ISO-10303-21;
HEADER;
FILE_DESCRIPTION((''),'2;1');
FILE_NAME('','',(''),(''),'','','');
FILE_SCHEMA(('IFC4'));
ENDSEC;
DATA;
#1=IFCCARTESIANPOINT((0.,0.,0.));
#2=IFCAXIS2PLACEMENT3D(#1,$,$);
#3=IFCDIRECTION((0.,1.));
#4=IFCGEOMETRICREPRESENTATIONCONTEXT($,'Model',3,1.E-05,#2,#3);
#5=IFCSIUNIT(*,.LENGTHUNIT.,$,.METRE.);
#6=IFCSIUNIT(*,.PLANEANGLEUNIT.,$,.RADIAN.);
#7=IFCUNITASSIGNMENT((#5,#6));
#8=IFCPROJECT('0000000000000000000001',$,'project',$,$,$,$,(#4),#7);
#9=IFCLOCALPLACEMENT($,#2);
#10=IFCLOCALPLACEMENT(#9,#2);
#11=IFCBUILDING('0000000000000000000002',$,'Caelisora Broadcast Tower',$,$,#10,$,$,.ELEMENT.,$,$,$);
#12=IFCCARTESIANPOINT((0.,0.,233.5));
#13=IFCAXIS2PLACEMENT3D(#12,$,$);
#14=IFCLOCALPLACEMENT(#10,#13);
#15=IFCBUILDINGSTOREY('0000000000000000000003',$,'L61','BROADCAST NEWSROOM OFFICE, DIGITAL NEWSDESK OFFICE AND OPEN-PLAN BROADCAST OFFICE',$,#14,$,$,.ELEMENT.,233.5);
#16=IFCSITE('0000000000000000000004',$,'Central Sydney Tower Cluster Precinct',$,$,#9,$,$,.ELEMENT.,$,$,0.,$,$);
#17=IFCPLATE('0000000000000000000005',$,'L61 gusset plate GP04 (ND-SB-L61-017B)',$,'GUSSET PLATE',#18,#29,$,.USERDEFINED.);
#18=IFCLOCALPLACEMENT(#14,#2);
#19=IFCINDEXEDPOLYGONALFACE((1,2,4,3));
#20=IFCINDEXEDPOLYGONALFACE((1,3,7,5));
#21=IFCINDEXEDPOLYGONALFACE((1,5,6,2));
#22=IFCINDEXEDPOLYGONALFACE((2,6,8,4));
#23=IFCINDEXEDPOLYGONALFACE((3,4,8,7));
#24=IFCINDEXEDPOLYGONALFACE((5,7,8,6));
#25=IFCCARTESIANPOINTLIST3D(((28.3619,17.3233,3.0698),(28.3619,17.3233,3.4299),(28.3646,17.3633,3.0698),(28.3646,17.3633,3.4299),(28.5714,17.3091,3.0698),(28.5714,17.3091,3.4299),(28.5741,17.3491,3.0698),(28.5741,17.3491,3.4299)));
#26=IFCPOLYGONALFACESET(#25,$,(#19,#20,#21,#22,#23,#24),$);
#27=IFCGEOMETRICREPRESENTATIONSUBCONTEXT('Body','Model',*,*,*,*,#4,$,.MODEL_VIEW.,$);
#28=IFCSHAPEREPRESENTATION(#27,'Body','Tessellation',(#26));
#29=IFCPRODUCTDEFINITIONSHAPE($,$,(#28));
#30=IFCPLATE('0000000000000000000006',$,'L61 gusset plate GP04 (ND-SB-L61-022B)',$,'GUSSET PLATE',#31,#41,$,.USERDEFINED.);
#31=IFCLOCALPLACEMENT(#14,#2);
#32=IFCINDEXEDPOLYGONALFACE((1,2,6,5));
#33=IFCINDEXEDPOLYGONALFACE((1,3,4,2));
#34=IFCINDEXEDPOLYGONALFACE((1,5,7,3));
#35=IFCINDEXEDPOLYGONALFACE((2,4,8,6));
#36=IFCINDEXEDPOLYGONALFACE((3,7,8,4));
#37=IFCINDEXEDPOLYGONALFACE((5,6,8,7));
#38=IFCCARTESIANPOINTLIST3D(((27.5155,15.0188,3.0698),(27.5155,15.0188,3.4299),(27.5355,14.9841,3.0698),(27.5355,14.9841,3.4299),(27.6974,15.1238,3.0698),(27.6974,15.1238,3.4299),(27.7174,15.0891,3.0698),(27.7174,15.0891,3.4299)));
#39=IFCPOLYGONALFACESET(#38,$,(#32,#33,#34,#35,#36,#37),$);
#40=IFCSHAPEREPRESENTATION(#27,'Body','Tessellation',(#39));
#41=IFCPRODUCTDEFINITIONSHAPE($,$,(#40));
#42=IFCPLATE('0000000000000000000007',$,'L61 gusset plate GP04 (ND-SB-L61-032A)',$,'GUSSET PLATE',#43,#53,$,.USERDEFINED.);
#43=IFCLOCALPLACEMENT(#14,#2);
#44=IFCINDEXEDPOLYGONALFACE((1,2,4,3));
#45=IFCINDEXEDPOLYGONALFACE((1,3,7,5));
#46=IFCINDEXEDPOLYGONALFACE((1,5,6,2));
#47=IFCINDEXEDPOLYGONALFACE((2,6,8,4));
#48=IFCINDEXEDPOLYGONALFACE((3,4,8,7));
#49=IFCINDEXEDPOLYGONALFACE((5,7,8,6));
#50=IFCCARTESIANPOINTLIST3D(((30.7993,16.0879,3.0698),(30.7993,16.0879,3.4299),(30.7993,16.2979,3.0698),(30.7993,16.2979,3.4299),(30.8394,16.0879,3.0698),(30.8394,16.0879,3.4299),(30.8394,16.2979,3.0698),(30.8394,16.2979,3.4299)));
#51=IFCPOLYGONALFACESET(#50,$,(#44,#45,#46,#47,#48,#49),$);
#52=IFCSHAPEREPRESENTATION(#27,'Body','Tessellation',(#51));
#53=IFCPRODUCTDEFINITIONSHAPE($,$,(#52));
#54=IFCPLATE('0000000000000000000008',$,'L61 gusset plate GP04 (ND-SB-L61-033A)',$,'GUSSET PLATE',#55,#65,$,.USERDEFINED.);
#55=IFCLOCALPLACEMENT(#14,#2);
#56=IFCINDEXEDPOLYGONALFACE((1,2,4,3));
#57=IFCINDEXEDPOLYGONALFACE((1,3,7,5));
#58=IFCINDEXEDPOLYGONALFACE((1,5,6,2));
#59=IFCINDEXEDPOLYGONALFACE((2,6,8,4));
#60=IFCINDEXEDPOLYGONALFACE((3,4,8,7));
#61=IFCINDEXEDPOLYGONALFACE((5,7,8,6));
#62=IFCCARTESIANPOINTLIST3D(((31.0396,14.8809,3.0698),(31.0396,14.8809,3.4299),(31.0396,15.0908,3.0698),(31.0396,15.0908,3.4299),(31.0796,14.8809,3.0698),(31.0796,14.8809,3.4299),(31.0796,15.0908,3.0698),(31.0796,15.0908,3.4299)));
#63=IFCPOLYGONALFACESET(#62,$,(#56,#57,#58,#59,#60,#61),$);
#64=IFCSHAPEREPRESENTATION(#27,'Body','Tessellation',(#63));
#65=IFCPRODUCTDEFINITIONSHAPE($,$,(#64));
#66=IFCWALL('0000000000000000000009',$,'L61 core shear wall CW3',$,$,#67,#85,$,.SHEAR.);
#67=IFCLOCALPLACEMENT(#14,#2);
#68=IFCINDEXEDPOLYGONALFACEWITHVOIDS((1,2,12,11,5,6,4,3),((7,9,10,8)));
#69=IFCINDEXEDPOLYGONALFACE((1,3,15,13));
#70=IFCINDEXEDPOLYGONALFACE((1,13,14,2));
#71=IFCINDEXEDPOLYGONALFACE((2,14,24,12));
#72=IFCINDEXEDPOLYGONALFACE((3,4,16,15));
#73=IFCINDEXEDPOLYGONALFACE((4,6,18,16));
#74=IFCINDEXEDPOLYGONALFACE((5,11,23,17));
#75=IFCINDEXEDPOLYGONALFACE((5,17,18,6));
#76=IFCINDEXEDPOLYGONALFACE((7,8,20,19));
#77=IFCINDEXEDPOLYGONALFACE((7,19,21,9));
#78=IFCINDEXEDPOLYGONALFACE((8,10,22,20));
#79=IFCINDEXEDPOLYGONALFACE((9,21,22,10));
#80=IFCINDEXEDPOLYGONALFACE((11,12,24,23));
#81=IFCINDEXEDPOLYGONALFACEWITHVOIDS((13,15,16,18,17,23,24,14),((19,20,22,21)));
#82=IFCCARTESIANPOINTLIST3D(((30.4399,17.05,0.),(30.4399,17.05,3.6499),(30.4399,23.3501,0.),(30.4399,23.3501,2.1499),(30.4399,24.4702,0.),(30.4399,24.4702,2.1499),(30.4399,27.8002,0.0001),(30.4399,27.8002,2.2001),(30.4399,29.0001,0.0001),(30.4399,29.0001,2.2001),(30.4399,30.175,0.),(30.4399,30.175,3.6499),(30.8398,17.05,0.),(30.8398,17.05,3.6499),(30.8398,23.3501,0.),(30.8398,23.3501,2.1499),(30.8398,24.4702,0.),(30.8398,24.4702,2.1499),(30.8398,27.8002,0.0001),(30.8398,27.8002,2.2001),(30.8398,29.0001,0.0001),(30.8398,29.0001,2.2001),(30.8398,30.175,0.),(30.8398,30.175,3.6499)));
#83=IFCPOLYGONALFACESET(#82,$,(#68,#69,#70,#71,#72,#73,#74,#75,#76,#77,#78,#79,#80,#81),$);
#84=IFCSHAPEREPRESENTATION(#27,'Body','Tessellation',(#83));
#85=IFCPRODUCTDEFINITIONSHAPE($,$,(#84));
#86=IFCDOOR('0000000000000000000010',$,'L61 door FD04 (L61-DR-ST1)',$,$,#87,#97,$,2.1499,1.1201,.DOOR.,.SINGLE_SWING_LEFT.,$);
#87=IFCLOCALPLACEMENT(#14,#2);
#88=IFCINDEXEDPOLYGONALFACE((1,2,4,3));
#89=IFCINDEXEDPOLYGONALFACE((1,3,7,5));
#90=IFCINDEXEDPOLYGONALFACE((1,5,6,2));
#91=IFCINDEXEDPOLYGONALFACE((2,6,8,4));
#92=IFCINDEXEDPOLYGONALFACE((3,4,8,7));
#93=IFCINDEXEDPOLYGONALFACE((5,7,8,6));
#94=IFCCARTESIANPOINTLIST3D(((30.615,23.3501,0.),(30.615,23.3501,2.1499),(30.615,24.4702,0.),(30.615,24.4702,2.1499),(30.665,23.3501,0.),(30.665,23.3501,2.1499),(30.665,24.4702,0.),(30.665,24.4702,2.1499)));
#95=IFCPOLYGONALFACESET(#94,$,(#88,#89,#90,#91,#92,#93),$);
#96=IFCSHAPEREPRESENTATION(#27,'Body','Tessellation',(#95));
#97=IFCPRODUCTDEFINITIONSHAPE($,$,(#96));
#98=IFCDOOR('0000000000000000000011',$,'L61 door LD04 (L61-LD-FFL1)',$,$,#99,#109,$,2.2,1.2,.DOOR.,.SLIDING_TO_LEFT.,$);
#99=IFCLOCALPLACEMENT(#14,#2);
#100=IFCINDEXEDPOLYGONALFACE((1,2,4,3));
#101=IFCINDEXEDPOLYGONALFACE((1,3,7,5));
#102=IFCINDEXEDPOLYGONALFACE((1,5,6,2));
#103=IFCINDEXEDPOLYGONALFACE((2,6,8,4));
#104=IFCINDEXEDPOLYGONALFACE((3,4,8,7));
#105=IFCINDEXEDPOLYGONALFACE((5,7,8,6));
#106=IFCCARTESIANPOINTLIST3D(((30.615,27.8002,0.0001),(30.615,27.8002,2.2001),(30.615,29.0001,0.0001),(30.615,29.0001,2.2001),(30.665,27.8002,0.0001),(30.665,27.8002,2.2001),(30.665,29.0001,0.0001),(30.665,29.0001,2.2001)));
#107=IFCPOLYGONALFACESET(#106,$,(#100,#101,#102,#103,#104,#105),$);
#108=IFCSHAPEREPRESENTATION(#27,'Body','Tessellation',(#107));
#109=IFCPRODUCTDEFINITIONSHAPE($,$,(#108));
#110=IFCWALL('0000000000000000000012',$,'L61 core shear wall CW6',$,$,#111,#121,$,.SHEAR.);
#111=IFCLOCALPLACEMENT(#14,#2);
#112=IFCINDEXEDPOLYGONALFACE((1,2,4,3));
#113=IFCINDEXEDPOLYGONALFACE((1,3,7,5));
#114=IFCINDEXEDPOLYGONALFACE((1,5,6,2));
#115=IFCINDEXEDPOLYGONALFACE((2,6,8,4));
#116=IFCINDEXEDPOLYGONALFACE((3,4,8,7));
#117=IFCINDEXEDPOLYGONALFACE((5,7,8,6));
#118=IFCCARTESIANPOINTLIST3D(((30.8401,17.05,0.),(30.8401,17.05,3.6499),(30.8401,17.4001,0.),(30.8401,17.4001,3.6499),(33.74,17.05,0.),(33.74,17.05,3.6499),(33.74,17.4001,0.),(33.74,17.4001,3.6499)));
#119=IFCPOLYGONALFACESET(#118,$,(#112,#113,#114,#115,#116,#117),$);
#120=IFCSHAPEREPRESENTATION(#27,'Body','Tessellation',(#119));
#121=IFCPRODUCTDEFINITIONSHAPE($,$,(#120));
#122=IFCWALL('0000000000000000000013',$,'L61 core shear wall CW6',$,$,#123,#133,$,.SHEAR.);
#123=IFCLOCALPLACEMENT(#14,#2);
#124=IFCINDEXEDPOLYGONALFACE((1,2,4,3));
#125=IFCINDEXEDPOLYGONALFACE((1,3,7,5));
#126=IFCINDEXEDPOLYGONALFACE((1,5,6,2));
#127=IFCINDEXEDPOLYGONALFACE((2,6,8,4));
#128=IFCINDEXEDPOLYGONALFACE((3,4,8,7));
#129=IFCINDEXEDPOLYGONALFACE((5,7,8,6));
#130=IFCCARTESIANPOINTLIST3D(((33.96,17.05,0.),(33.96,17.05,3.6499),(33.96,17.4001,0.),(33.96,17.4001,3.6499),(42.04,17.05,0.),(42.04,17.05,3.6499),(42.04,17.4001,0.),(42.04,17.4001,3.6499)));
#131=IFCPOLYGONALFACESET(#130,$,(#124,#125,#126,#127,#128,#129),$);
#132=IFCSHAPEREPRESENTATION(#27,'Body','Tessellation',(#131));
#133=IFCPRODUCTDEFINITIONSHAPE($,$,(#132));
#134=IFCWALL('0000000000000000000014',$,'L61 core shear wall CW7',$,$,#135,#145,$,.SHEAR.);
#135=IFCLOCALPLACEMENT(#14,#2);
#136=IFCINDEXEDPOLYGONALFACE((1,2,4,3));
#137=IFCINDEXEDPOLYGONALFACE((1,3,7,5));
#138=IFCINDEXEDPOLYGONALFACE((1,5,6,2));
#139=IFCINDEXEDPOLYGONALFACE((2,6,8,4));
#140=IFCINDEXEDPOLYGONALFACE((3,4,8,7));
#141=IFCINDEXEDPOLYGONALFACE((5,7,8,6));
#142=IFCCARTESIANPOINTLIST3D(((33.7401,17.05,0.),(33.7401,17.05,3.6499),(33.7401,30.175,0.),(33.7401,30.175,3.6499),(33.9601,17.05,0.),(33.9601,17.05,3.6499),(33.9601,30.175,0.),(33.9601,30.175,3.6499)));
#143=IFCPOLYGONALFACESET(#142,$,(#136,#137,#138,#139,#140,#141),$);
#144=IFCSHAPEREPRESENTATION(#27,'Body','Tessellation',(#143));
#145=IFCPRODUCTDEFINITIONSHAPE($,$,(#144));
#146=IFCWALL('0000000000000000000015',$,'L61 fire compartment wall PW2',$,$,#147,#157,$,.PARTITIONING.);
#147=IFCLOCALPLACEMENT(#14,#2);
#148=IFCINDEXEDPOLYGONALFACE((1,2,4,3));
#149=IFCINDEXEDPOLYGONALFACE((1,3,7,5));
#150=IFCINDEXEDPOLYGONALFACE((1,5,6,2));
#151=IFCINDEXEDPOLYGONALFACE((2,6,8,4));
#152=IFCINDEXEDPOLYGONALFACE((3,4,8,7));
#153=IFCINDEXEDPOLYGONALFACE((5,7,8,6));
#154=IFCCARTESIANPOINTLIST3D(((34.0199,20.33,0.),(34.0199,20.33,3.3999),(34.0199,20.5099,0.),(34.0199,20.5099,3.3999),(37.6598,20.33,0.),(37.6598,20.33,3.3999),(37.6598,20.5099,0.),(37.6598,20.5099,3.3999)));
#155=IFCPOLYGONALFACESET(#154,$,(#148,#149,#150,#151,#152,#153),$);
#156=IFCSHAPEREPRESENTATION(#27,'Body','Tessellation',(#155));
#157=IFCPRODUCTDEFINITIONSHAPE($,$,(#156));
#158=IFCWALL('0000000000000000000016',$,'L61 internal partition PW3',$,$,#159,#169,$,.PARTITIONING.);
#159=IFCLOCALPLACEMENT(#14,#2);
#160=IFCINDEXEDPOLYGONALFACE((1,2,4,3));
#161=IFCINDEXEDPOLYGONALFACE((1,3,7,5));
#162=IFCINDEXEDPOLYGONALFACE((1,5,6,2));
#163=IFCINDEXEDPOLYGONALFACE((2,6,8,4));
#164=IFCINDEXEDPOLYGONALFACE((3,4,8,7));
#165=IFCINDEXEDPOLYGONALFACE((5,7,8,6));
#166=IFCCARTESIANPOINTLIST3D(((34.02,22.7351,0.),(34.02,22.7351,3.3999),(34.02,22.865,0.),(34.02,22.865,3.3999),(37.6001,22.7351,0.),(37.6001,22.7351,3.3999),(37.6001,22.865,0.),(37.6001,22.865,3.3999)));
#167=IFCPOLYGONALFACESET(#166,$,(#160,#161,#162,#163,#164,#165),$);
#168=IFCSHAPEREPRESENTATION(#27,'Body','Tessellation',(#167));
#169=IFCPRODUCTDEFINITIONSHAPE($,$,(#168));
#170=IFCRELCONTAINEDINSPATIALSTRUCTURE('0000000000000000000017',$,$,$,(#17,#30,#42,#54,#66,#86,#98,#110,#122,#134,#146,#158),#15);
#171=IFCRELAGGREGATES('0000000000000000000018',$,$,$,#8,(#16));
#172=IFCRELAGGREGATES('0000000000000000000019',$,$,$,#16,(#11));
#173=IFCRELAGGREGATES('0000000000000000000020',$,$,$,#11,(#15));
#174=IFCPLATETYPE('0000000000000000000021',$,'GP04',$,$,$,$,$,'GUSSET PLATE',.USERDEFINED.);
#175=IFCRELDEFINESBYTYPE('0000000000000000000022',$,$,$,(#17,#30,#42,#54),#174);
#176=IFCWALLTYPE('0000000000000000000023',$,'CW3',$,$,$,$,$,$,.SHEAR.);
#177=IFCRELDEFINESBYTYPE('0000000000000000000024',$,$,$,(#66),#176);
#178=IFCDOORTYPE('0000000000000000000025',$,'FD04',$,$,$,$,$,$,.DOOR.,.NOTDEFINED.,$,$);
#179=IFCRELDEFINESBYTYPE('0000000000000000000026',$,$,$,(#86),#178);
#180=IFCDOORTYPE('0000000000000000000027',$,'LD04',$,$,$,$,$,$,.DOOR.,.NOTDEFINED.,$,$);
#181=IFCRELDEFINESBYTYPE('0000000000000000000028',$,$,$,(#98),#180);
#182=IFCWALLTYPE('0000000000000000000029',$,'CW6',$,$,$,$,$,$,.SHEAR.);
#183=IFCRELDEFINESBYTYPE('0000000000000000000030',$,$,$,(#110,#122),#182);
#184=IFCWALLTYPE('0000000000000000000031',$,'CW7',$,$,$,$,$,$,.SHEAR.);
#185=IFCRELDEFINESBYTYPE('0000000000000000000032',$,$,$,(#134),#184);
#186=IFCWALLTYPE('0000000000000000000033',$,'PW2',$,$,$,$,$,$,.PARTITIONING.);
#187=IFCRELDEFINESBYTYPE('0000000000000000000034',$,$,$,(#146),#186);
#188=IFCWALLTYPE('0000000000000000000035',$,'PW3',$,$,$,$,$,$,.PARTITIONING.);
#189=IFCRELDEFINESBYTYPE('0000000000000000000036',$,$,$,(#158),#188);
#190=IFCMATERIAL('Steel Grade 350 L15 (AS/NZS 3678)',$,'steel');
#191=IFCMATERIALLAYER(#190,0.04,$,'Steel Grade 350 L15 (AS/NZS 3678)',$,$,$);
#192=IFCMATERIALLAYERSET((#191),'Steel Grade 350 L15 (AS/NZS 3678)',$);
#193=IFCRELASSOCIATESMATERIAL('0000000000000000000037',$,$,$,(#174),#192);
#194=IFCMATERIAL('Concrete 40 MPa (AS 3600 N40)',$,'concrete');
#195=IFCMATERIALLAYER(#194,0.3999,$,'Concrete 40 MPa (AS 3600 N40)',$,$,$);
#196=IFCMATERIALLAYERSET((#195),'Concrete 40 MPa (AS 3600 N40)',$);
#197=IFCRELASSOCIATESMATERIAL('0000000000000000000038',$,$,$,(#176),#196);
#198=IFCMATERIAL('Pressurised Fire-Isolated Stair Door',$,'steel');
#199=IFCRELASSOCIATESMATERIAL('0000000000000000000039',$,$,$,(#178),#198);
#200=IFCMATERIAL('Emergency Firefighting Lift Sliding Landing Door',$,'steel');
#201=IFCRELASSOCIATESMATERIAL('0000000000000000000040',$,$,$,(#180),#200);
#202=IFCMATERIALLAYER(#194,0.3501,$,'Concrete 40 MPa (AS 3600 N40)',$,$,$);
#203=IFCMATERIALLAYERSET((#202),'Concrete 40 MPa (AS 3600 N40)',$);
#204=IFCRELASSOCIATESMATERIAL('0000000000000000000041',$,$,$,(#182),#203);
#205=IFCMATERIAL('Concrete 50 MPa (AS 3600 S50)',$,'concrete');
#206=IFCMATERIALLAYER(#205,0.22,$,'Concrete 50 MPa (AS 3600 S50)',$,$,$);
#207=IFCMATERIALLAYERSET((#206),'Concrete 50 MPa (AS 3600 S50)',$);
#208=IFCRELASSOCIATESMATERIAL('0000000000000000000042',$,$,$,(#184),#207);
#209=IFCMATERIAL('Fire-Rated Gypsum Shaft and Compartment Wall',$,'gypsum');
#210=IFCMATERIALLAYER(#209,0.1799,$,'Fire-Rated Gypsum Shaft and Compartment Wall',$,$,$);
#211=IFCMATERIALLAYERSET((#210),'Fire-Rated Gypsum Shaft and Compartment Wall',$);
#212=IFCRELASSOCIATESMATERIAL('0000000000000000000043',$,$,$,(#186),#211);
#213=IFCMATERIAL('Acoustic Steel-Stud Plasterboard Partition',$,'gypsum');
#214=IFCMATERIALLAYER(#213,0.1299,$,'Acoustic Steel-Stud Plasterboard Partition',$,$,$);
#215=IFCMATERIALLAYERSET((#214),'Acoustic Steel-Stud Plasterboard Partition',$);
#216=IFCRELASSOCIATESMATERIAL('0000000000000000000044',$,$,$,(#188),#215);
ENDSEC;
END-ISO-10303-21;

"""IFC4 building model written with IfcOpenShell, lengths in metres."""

from ifc_helpers import new_model, si_unit, direction, frame, frame_2d, origin, origin_2d, place, context, subcontext, project, spatial, rectangle, extrude, source, transform, mapped, material, layer, layer_set, type_object, element, fill, save


model = new_model("IFC4")

# Units and contexts
model_context = context("Model", 3, precision=1e-05, world=origin(), true_north=direction((0.0, 1.0)))
body_context = subcontext(model_context, "Body", "Model", "MODEL_VIEW")
ifc_project = project(units=[si_unit("LENGTHUNIT", "METRE"), si_unit("PLANEANGLEUNIT", "RADIAN")], contexts=[model_context])

# Site, building, storey
site_placement = place(None, origin())
site = spatial("IfcSite", under=ifc_project, at=site_placement, Name="Central Sydney Tower Cluster Precinct", CompositionType="ELEMENT", RefElevation=0.0)
building_placement = place(site_placement, origin())
building = spatial("IfcBuilding", under=site, at=building_placement, Name="Caelisora Broadcast Tower", CompositionType="ELEMENT")
storey_placement = place(building_placement, frame((0.0, 0.0, 233.5)))
storey = spatial("IfcBuildingStorey", under=building, at=storey_placement, Name="L61", Description="BROADCAST NEWSROOM OFFICE, DIGITAL NEWSDESK OFFICE AND OPEN-PLAN BROADCAST OFFICE", CompositionType="ELEMENT", Elevation=233.5)

# Plates
ifc_material_1 = material(Name="Steel Grade 350 L15 (AS/NZS 3678)", Category="steel")
ifc_layer_1 = layer(ifc_material_1, 0.04, Name="Steel Grade 350 L15 (AS/NZS 3678)")
ifc_layer_set_1 = layer_set([ifc_layer_1], Name="Steel Grade 350 L15 (AS/NZS 3678)")
plate_type = type_object("IfcPlateType", Name="GP04", ElementType="GUSSET PLATE", PredefinedType="USERDEFINED", material=ifc_layer_set_1)
shared_shape_1 = source(origin(), body_context, "Body", "SweptSolid", [
    extrude(rectangle(XDim=0.21, YDim=0.04, at=origin_2d()), origin(), (0.0, 0.0, 1.0), 0.3601),
])
for number, where, z_axis, x_axis, name in (
    (1, (28.468, 17.3362, 3.0698), (0.0, 0.0, 1.0), (0.997708, -0.067667, 0.0), "L61 gusset plate GP04 (ND-SB-L61-017B)"),
    (2, (27.6165, 15.054, 3.0698), (0.0, 0.0, 1.0), (0.866025, 0.5, 0.0), "L61 gusset plate GP04 (ND-SB-L61-022B)"),
    (3, (30.8193, 16.1929, 3.0698), (0.0, 0.0, 1.0), (0.0, 1.0, 0.0), "L61 gusset plate GP04 (ND-SB-L61-032A)"),
    (4, (31.0596, 14.9858, 3.0698), (0.0, 0.0, 1.0), (0.0, 1.0, 0.0), "L61 gusset plate GP04 (ND-SB-L61-033A)"),
):
    element("IfcPlate", number, at=place(storey_placement, frame(where, z_axis=z_axis, x_axis=x_axis)), inside=storey, type_object=plate_type, Name=name, ObjectType="GUSSET PLATE", PredefinedType="USERDEFINED", context=body_context, shape_type="MappedRepresentation", body=[
        mapped(shared_shape_1, transform((0.0, 0.0, 0.0), scale=1.0)),
    ])

# Wall, openings, doors
ifc_material_2 = material(Name="Concrete 40 MPa (AS 3600 N40)", Category="concrete")
ifc_layer_2 = layer(ifc_material_2, 0.3999, Name="Concrete 40 MPa (AS 3600 N40)")
ifc_layer_set_2 = layer_set([ifc_layer_2], Name="Concrete 40 MPa (AS 3600 N40)")
wall_type_1 = type_object("IfcWallType", Name="CW3", PredefinedType="SHEAR", material=ifc_layer_set_2)
wall_1_placement = place(storey_placement, frame((30.6399, 17.05, 0.0), z_axis=(0.0, 0.0, 1.0), x_axis=(0.0, 1.0, 0.0)))
wall_1 = element("IfcWall", 5, at=wall_1_placement, inside=storey, type_object=wall_type_1, Name="L61 core shear wall CW3", PredefinedType="SHEAR", context=body_context, shape_type="SweptSolid", body=[
    extrude(rectangle(XDim=13.125, YDim=0.3999, at=frame_2d((6.5625, 0.0))), origin(), (0.0, 0.0, 1.0), 3.6499),
])
opening_1_placement = place(wall_1_placement, frame((6.3, 0.0, 0.0)))
opening_1 = element("IfcOpeningElement", 6, at=opening_1_placement, cuts=wall_1, PredefinedType="OPENING", context=body_context, shape_type="SweptSolid", body=[
    extrude(rectangle(XDim=1.1201, YDim=2.1499, at=frame_2d((0.5601, 1.075))), frame((0.0, 0.2119, 0.0), z_axis=(0.0, -1.0, 0.0), x_axis=(1.0, 0.0, 0.0)), (0.0, 0.0, 1.0), 0.4238),
])
opening_2_placement = place(wall_1_placement, frame((10.75, 0.0, 0.0)))
opening_2 = element("IfcOpeningElement", 7, at=opening_2_placement, cuts=wall_1, PredefinedType="OPENING", context=body_context, shape_type="SweptSolid", body=[
    extrude(rectangle(XDim=1.2, YDim=2.2, at=frame_2d((0.6001, 1.1001))), frame((0.0, 0.2119, 0.0), z_axis=(0.0, -1.0, 0.0), x_axis=(1.0, 0.0, 0.0)), (0.0, 0.0, 1.0), 0.4238),
])
ifc_material_3 = material(Name="Pressurised Fire-Isolated Stair Door", Category="steel")
door_type_1 = type_object("IfcDoorType", Name="FD04", OperationType="NOTDEFINED", PredefinedType="DOOR", material=ifc_material_3)
door_1_placement = place(opening_1_placement, origin())
door_1 = element("IfcDoor", 8, at=door_1_placement, inside=storey, type_object=door_type_1, Name="L61 door FD04 (L61-DR-ST1)", OperationType="SINGLE_SWING_LEFT", OverallHeight=2.1499, OverallWidth=1.1201, PredefinedType="DOOR", context=body_context, shape_type="SweptSolid", body=[
    extrude(rectangle(XDim=1.1201, YDim=2.1499, at=frame_2d((0.5601, 1.075))), frame((0.0, 0.0249, 0.0), z_axis=(0.0, -1.0, 0.0), x_axis=(1.0, 0.0, 0.0)), (0.0, 0.0, 1.0), 0.05),
])
fill(opening_1, door_1)
ifc_material_4 = material(Name="Emergency Firefighting Lift Sliding Landing Door", Category="steel")
door_type_2 = type_object("IfcDoorType", Name="LD04", OperationType="NOTDEFINED", PredefinedType="DOOR", material=ifc_material_4)
door_2_placement = place(opening_2_placement, origin())
door_2 = element("IfcDoor", 9, at=door_2_placement, inside=storey, type_object=door_type_2, Name="L61 door LD04 (L61-LD-FFL1)", OperationType="SLIDING_TO_LEFT", OverallHeight=2.2, OverallWidth=1.2, PredefinedType="DOOR", context=body_context, shape_type="SweptSolid", body=[
    extrude(rectangle(XDim=1.2, YDim=2.2, at=frame_2d((0.6001, 1.1001))), frame((0.0, 0.0249, 0.0), z_axis=(0.0, -1.0, 0.0), x_axis=(1.0, 0.0, 0.0)), (0.0, 0.0, 1.0), 0.05),
])
fill(opening_2, door_2)

# Walls
ifc_layer_3 = layer(ifc_material_2, 0.3501, Name="Concrete 40 MPa (AS 3600 N40)")
ifc_layer_set_3 = layer_set([ifc_layer_3], Name="Concrete 40 MPa (AS 3600 N40)")
wall_type_2 = type_object("IfcWallType", Name="CW6", PredefinedType="SHEAR", material=ifc_layer_set_3)
wall_2_placement = place(storey_placement, frame((30.8401, 17.2251, 0.0), z_axis=(0.0, 0.0, 1.0), x_axis=(1.0, 0.0, 0.0)))
element("IfcWall", 10, at=wall_2_placement, inside=storey, type_object=wall_type_2, Name="L61 core shear wall CW6", PredefinedType="SHEAR", context=body_context, shape_type="SweptSolid", body=[
    extrude(rectangle(XDim=2.8999, YDim=0.3501, at=frame_2d((1.45, 0.0))), origin(), (0.0, 0.0, 1.0), 3.6499),
])
wall_3_placement = place(storey_placement, frame((33.96, 17.2251, 0.0), z_axis=(0.0, 0.0, 1.0), x_axis=(1.0, 0.0, 0.0)))
element("IfcWall", 11, at=wall_3_placement, inside=storey, type_object=wall_type_2, Name="L61 core shear wall CW6", PredefinedType="SHEAR", context=body_context, shape_type="SweptSolid", body=[
    extrude(rectangle(XDim=8.0801, YDim=0.3501, at=frame_2d((4.04, 0.0))), origin(), (0.0, 0.0, 1.0), 3.6499),
])
ifc_material_5 = material(Name="Concrete 50 MPa (AS 3600 S50)", Category="concrete")
ifc_layer_4 = layer(ifc_material_5, 0.22, Name="Concrete 50 MPa (AS 3600 S50)")
ifc_layer_set_4 = layer_set([ifc_layer_4], Name="Concrete 50 MPa (AS 3600 S50)")
wall_type_3 = type_object("IfcWallType", Name="CW7", PredefinedType="SHEAR", material=ifc_layer_set_4)
wall_4_placement = place(storey_placement, frame((33.8501, 17.05, 0.0), z_axis=(0.0, 0.0, 1.0), x_axis=(0.0, 1.0, 0.0)))
element("IfcWall", 12, at=wall_4_placement, inside=storey, type_object=wall_type_3, Name="L61 core shear wall CW7", PredefinedType="SHEAR", context=body_context, shape_type="SweptSolid", body=[
    extrude(rectangle(XDim=13.125, YDim=0.22, at=frame_2d((6.5625, 0.0))), origin(), (0.0, 0.0, 1.0), 3.6499),
])
ifc_material_6 = material(Name="Fire-Rated Gypsum Shaft and Compartment Wall", Category="gypsum")
ifc_layer_5 = layer(ifc_material_6, 0.1799, Name="Fire-Rated Gypsum Shaft and Compartment Wall")
ifc_layer_set_5 = layer_set([ifc_layer_5], Name="Fire-Rated Gypsum Shaft and Compartment Wall")
wall_type_4 = type_object("IfcWallType", Name="PW2", PredefinedType="PARTITIONING", material=ifc_layer_set_5)
wall_5_placement = place(storey_placement, frame((34.02, 20.4199, 0.0), z_axis=(0.0, 0.0, 1.0), x_axis=(1.0, 0.0, 0.0)))
element("IfcWall", 13, at=wall_5_placement, inside=storey, type_object=wall_type_4, Name="L61 fire compartment wall PW2", PredefinedType="PARTITIONING", context=body_context, shape_type="SweptSolid", body=[
    extrude(rectangle(XDim=3.6399, YDim=0.1799, at=frame_2d((1.8198, 0.0))), origin(), (0.0, 0.0, 1.0), 3.3999),
])
ifc_material_7 = material(Name="Acoustic Steel-Stud Plasterboard Partition", Category="gypsum")
ifc_layer_6 = layer(ifc_material_7, 0.1299, Name="Acoustic Steel-Stud Plasterboard Partition")
ifc_layer_set_6 = layer_set([ifc_layer_6], Name="Acoustic Steel-Stud Plasterboard Partition")
wall_type_5 = type_object("IfcWallType", Name="PW3", PredefinedType="PARTITIONING", material=ifc_layer_set_6)
wall_6_placement = place(storey_placement, frame((34.02, 22.8, 0.0), z_axis=(0.0, 0.0, 1.0), x_axis=(1.0, 0.0, 0.0)))
element("IfcWall", 14, at=wall_6_placement, inside=storey, type_object=wall_type_5, Name="L61 internal partition PW3", PredefinedType="PARTITIONING", context=body_context, shape_type="SweptSolid", body=[
    extrude(rectangle(XDim=3.5801, YDim=0.1299, at=frame_2d((1.79, 0.0))), origin(), (0.0, 0.0, 1.0), 3.3999),
])

save(model, "model.ifc")
